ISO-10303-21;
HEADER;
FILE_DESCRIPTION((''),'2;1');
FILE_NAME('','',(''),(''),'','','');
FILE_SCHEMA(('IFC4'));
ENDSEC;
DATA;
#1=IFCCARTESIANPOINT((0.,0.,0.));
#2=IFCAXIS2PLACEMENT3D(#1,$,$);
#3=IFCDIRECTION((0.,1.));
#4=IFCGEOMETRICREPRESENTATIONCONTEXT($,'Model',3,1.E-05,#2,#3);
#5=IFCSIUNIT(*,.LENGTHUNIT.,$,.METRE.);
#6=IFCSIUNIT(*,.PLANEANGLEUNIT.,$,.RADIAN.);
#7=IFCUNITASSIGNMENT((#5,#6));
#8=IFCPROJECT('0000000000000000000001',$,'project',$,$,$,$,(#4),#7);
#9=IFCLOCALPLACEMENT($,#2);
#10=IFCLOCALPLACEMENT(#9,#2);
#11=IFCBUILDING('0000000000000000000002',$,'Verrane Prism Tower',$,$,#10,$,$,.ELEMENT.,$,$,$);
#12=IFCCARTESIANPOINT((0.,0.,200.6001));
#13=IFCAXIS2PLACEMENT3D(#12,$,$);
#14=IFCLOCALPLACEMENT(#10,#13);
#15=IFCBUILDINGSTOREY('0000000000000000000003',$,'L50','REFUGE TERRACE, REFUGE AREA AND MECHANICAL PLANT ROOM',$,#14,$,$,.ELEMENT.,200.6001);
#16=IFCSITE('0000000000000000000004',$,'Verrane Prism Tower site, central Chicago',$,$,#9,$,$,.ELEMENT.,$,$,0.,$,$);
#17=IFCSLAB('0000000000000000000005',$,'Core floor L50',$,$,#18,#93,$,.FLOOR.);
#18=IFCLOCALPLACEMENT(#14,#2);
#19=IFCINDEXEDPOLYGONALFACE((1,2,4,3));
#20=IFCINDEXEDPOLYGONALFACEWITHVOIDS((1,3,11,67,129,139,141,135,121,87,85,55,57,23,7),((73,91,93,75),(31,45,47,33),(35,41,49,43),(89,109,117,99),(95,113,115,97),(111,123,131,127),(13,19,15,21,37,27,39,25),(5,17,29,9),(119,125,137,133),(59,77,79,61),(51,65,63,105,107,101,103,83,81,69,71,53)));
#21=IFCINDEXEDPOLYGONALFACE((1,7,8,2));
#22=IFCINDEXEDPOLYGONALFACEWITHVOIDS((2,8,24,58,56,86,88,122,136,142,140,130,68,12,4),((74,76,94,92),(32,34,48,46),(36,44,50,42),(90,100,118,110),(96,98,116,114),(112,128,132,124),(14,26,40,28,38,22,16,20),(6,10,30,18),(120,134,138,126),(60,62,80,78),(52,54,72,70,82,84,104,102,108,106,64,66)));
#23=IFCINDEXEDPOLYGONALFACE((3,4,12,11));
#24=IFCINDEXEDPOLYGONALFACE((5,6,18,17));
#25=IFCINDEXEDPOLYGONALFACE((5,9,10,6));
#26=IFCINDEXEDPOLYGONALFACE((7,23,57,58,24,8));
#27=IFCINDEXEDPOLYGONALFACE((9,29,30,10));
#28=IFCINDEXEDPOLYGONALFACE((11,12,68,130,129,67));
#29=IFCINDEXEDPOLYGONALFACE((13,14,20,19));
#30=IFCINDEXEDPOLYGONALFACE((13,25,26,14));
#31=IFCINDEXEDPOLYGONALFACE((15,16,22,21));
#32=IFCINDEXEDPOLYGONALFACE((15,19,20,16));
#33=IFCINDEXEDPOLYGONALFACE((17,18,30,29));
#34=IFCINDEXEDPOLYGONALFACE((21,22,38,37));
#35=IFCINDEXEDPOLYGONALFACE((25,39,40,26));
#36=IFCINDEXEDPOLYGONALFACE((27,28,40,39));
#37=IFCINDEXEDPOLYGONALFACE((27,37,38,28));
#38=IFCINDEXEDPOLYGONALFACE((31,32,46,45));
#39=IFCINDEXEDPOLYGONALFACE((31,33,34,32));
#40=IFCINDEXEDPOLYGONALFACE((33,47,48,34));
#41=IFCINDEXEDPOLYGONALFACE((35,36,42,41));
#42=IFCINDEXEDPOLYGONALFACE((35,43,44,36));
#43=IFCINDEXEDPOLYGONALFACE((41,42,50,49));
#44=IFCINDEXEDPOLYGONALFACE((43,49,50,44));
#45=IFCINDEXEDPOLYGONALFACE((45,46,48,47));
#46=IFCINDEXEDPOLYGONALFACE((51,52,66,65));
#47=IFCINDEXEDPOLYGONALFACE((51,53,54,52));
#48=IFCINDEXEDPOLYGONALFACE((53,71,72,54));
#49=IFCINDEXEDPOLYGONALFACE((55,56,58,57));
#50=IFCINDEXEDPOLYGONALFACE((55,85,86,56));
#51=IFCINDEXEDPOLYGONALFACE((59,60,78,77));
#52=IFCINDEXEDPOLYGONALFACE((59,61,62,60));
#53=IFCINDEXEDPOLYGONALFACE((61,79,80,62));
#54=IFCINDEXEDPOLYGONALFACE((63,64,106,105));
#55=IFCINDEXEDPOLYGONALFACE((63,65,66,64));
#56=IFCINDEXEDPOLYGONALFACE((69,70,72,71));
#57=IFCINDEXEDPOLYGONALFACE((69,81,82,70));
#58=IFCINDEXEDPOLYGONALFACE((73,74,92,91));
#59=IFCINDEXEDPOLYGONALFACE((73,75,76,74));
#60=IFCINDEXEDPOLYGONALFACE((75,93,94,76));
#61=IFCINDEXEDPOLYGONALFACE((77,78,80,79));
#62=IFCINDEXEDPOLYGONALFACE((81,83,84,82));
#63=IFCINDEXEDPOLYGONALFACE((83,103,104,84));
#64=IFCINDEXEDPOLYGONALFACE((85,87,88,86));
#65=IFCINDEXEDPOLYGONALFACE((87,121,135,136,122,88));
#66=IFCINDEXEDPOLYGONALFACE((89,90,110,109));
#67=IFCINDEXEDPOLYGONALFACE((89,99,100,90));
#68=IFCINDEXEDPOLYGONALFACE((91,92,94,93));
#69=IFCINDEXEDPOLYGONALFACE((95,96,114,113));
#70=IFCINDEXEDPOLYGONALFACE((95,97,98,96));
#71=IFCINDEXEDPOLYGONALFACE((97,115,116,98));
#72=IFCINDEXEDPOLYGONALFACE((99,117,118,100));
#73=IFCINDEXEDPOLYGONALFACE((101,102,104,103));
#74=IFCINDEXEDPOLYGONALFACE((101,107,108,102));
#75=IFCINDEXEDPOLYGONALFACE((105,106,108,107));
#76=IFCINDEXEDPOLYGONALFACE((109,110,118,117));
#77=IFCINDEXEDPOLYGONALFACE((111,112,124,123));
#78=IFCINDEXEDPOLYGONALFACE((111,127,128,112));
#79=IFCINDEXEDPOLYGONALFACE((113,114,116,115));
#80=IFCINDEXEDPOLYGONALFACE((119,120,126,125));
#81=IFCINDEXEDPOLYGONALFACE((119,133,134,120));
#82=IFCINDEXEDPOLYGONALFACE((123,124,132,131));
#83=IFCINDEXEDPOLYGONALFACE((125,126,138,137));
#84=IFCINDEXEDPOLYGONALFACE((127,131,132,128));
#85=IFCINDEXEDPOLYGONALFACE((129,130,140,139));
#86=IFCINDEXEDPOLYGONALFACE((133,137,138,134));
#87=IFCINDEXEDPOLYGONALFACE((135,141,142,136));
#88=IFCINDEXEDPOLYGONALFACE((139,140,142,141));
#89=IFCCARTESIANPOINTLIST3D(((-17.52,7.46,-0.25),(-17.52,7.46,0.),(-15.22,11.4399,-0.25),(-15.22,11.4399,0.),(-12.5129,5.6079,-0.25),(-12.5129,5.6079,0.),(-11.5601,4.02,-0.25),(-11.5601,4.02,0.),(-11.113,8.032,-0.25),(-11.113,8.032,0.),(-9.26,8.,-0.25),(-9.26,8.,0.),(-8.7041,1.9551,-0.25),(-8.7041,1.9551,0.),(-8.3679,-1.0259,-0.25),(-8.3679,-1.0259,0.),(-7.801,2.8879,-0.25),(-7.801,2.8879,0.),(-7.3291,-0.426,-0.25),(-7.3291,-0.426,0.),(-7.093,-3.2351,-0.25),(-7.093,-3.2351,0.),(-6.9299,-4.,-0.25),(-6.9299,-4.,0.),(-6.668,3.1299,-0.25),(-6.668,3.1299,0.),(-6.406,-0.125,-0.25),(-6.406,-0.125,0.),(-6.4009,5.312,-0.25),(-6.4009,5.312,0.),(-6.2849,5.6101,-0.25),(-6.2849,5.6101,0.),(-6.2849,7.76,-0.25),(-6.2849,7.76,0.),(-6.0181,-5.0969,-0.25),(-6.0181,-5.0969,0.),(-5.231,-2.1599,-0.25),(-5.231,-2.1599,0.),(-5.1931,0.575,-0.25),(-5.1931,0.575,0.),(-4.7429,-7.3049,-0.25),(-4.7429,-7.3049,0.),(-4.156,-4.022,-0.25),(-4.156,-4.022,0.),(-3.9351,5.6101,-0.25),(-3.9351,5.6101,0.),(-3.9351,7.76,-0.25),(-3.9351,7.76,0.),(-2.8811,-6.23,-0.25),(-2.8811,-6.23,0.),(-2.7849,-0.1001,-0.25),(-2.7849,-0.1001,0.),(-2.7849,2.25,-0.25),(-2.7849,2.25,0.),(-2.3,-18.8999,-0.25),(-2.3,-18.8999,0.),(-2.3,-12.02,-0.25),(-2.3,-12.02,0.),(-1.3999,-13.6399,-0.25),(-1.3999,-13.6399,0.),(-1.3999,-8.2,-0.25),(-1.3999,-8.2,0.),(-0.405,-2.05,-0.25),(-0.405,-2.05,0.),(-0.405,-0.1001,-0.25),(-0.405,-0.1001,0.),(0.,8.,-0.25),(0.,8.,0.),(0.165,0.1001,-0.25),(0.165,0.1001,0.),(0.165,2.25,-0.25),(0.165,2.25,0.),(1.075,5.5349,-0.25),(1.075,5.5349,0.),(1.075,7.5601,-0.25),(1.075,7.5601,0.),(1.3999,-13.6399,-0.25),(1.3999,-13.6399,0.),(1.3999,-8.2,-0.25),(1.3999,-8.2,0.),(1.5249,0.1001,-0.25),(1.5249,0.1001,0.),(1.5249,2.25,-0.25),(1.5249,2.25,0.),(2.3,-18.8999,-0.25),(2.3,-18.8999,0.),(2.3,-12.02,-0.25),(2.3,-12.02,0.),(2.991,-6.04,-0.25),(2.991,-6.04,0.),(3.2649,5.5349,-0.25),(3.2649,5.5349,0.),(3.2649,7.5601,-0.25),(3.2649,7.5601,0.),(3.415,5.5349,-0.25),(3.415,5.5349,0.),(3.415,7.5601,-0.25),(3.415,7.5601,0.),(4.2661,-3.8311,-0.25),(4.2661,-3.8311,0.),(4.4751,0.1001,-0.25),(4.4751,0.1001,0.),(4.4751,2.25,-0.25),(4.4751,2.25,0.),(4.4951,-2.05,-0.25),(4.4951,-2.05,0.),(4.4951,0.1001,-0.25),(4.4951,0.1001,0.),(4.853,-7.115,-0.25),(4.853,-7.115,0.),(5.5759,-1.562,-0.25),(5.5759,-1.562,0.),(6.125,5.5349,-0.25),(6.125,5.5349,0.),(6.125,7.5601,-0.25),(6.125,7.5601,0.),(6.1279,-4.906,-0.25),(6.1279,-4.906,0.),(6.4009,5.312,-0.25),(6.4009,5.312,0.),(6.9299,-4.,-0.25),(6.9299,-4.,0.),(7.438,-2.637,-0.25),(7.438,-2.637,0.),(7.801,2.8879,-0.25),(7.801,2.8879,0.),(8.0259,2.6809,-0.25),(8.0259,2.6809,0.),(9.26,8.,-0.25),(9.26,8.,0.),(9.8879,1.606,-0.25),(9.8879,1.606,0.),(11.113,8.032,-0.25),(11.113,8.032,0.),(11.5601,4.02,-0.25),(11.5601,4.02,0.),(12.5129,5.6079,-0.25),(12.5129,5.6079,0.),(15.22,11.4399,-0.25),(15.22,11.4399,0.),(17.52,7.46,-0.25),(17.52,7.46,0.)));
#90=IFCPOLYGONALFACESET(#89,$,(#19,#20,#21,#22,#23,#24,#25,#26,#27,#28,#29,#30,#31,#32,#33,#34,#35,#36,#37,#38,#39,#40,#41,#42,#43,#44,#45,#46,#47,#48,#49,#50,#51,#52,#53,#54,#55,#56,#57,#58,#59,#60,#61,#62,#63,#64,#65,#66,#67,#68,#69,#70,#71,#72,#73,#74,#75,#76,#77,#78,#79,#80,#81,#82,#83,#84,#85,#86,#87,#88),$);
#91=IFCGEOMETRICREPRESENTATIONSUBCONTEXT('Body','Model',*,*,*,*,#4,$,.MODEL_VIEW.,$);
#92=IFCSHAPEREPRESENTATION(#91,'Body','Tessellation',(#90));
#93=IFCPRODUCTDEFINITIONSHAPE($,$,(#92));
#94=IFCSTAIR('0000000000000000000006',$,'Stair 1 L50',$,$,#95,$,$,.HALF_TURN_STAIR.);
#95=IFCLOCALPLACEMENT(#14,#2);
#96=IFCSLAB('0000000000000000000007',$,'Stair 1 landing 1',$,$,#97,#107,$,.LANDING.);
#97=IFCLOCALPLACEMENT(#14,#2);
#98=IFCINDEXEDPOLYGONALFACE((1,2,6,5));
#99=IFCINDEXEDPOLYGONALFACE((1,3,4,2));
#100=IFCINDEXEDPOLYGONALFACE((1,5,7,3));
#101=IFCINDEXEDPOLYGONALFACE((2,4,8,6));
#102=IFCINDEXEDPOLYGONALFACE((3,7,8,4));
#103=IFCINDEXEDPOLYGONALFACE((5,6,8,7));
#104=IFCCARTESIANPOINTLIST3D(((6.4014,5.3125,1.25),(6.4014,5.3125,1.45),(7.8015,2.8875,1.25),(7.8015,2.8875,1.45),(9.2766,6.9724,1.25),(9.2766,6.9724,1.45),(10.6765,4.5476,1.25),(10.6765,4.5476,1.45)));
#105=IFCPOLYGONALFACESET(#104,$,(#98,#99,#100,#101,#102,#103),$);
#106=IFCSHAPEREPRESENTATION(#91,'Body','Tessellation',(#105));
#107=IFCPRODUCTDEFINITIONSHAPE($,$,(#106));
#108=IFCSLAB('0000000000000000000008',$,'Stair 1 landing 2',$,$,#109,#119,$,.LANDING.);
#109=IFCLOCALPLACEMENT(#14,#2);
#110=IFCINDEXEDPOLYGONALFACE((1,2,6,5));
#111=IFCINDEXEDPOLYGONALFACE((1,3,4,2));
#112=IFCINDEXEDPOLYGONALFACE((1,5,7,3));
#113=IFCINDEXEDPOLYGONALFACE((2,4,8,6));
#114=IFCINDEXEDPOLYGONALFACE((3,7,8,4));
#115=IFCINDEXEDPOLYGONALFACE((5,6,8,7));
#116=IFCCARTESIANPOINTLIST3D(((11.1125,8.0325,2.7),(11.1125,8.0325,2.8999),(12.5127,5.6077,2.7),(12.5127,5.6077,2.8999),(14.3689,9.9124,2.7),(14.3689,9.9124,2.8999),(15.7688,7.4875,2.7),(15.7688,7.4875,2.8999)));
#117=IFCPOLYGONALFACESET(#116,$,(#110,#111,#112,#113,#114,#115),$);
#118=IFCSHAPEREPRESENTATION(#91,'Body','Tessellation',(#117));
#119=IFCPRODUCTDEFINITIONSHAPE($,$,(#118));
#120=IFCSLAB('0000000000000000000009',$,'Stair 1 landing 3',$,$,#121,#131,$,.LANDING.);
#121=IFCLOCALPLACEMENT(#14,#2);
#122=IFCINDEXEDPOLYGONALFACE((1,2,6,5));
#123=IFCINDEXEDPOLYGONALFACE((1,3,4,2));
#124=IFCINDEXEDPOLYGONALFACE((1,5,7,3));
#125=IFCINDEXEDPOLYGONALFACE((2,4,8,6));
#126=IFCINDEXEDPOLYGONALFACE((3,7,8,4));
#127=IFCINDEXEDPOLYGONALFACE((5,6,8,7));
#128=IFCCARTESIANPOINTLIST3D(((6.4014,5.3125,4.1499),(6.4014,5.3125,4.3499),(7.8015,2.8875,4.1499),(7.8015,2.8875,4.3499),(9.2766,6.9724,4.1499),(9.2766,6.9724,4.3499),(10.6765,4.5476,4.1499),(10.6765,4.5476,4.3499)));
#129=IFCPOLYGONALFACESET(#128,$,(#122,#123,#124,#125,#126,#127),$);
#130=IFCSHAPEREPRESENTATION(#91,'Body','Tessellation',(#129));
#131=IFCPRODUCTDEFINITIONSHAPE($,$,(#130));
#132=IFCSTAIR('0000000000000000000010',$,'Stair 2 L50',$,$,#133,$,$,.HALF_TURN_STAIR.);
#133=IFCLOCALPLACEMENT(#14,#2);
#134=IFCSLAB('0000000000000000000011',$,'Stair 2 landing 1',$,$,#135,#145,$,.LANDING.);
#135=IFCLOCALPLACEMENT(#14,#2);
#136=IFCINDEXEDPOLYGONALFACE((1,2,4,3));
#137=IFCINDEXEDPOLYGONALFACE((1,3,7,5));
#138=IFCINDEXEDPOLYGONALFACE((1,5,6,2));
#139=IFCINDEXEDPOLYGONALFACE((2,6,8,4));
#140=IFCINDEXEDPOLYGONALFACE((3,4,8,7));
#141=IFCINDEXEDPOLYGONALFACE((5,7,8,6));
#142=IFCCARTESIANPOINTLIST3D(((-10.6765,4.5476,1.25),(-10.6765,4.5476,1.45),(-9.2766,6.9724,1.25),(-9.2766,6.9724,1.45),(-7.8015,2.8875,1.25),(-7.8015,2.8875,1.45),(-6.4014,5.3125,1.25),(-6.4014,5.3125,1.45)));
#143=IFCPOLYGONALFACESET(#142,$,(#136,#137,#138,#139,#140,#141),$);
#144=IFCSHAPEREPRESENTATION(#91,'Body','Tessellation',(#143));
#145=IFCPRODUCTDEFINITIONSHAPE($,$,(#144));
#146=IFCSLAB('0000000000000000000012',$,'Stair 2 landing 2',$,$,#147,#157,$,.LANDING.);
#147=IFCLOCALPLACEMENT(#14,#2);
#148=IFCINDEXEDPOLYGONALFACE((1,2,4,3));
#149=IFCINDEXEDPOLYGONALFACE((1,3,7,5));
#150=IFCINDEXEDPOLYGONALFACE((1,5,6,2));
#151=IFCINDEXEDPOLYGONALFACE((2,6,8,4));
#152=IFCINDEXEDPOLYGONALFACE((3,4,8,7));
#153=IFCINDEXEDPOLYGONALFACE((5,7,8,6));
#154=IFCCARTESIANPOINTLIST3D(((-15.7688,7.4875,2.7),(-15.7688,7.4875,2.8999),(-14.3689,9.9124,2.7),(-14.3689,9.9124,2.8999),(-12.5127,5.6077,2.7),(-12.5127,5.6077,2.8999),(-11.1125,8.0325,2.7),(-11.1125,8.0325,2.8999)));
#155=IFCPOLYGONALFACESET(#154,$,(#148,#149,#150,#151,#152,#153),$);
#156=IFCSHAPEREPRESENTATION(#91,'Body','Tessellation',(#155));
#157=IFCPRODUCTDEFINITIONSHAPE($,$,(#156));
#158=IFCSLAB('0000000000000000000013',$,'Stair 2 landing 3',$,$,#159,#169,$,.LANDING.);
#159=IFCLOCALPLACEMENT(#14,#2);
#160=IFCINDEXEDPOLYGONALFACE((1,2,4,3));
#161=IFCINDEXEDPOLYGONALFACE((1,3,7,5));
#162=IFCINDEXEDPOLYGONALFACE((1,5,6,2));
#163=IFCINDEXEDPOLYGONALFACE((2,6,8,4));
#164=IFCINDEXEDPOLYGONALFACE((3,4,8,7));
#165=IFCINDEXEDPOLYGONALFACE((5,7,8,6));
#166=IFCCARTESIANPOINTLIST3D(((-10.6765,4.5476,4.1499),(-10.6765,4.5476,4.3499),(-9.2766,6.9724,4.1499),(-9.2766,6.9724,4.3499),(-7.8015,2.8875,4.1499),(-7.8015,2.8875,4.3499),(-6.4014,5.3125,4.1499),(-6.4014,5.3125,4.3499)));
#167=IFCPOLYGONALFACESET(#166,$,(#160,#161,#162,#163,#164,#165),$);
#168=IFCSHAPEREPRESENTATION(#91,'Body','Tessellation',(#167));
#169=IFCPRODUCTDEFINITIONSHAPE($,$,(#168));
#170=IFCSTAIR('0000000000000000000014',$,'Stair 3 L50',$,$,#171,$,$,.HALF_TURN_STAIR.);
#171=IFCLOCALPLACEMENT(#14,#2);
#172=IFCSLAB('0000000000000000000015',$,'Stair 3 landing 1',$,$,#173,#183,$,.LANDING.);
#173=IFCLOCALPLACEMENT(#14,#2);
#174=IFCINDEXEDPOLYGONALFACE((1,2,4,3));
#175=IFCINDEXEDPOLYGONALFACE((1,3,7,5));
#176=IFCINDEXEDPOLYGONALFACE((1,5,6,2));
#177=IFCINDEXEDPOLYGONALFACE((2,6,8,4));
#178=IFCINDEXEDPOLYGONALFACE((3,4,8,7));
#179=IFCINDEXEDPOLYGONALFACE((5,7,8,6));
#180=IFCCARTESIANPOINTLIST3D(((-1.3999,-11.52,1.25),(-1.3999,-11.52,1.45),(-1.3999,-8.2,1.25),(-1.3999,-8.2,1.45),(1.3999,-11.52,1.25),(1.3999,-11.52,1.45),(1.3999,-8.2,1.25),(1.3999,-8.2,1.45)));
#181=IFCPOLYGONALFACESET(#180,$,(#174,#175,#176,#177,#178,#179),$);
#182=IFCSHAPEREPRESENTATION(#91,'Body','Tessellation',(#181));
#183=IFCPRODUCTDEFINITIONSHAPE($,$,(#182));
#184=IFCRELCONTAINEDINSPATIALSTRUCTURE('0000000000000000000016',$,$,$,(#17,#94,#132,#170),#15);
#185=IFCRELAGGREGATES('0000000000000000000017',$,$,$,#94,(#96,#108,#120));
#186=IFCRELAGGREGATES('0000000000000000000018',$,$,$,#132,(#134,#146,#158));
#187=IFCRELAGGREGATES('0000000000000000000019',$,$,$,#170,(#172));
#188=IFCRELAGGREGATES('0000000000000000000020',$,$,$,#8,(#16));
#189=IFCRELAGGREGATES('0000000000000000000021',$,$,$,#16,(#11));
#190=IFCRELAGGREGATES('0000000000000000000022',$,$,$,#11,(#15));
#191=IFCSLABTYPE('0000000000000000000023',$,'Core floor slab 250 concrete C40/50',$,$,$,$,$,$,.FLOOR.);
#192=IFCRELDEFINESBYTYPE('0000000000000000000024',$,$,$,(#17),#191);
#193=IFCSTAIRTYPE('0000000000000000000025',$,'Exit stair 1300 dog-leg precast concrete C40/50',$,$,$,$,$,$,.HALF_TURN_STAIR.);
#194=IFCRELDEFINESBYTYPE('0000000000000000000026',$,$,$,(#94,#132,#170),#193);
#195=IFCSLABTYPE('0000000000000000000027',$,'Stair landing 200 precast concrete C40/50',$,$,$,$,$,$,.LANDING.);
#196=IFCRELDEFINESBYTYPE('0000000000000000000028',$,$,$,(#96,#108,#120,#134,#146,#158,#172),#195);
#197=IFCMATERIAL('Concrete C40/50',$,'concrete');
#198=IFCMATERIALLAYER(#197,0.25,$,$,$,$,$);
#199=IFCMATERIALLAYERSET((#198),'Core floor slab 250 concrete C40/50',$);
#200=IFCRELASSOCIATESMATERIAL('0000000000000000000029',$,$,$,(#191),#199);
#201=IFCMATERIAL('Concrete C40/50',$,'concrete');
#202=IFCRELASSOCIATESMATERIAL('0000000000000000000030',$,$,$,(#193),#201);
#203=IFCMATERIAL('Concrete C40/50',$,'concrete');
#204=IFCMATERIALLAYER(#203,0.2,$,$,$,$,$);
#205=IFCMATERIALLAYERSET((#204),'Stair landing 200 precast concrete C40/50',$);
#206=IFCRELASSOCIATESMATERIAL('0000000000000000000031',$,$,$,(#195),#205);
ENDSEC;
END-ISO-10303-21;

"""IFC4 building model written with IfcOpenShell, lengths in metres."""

from ifc_helpers import new_model, si_unit, direction, frame, origin, place, context, subcontext, project, spatial, polyline, outline, extrude, material, layer, layer_set, type_object, element, aggregate, save


model = new_model("IFC4")

# Units and contexts
model_context = context("Model", 3, precision=1e-05, world=origin(), true_north=direction((0.0, 1.0)))
body_context = subcontext(model_context, "Body", "Model", "MODEL_VIEW")
ifc_project = project(units=[si_unit("LENGTHUNIT", "METRE"), si_unit("PLANEANGLEUNIT", "RADIAN")], contexts=[model_context])

# Site, building, storey
site_placement = place(None, origin())
site = spatial("IfcSite", under=ifc_project, at=site_placement, Name="Verrane Prism Tower site, central Chicago", CompositionType="ELEMENT", RefElevation=0.0)
building_placement = place(site_placement, origin())
building = spatial("IfcBuilding", under=site, at=building_placement, Name="Verrane Prism Tower", CompositionType="ELEMENT")
storey_placement = place(building_placement, frame((0.0, 0.0, 200.6001)))
storey = spatial("IfcBuildingStorey", under=building, at=storey_placement, Name="L50", Description="REFUGE TERRACE, REFUGE AREA AND MECHANICAL PLANT ROOM", CompositionType="ELEMENT", Elevation=200.6001)

# Slab
ifc_material_1 = material(Name="Concrete C40/50", Category="concrete")
ifc_layer_1 = layer(ifc_material_1, 0.25)
ifc_layer_set_1 = layer_set([ifc_layer_1], Name="Core floor slab 250 concrete C40/50")
slab_type_1 = type_object("IfcSlabType", Name="Core floor slab 250 concrete C40/50", PredefinedType="FLOOR", material=ifc_layer_set_1)
slab_1_placement = place(storey_placement, frame((0.0, 0.0, -0.25)))
element("IfcSlab", 1, at=slab_1_placement, inside=storey, type_object=slab_type_1, Name="Core floor L50", PredefinedType="FLOOR", context=body_context, shape_type="SweptSolid", body=[
    extrude(outline(polyline([(11.5601, 4.02), (17.52, 7.46), (15.22, 11.4399), (9.26, 8.0), (0.0, 8.0), (-9.26, 8.0), (-15.22, 11.4399), (-17.52, 7.46), (-11.5601, 4.02), (-6.9299, -4.0), (-2.3, -12.02), (-2.3, -18.8999), (2.3, -18.8999), (2.3, -12.02), (6.9299, -4.0), (11.5601, 4.02)]), holes=[polyline([(1.3999, -8.2), (1.3999, -13.6399), (-1.3999, -13.6399), (-1.3999, -8.2), (1.3999, -8.2)]), polyline([(-2.8811, -6.23), (-4.7429, -7.3049), (-6.0181, -5.0969), (-4.156, -4.022), (-2.8811, -6.23)]), polyline([(-7.801, 2.8879), (-12.5129, 5.6079), (-11.113, 8.032), (-6.4009, 5.312), (-7.801, 2.8879)]), polyline([(-6.2849, 5.6101), (-6.2849, 7.76), (-3.9351, 7.76), (-3.9351, 5.6101), (-6.2849, 5.6101)]), polyline([(4.2661, -3.8311), (6.1279, -4.906), (4.853, -7.115), (2.991, -6.04), (4.2661, -3.8311)]), polyline([(7.438, -2.637), (5.5759, -1.562), (8.0259, 2.6809), (9.8879, 1.606), (7.438, -2.637)]), polyline([(0.165, 0.1001), (1.5249, 0.1001), (1.5249, 2.25), (4.4751, 2.25), (4.4751, 0.1001), (4.4951, 0.1001), (4.4951, -2.05), (-0.405, -2.05), (-0.405, -0.1001), (-2.7849, -0.1001), (-2.7849, 2.25), (0.165, 2.25), (0.165, 0.1001)]), polyline([(6.4009, 5.312), (11.113, 8.032), (12.5129, 5.6079), (7.801, 2.8879), (6.4009, 5.312)]), polyline([(1.075, 5.5349), (1.075, 7.5601), (3.2649, 7.5601), (3.2649, 5.5349), (1.075, 5.5349)]), polyline([(3.415, 7.5601), (6.125, 7.5601), (6.125, 5.5349), (3.415, 5.5349), (3.415, 7.5601)]), polyline([(-5.231, -2.1599), (-7.093, -3.2351), (-8.3679, -1.0259), (-7.3291, -0.426), (-8.7041, 1.9551), (-6.668, 3.1299), (-5.1931, 0.575), (-6.406, -0.125), (-5.231, -2.1599)])]), origin(), (0.0, 0.0, 1.0), 0.25),
])

# Stairs, slabs
ifc_material_2 = material(Name="Concrete C40/50", Category="concrete")
stair_type = type_object("IfcStairType", Name="Exit stair 1300 dog-leg precast concrete C40/50", PredefinedType="HALF_TURN_STAIR", material=ifc_material_2)
stair_1_placement = place(storey_placement, origin())
stair_1 = element("IfcStair", 2, at=stair_1_placement, inside=storey, type_object=stair_type, Name="Stair 1 L50", PredefinedType="HALF_TURN_STAIR")
ifc_material_3 = material(Name="Concrete C40/50", Category="concrete")
ifc_layer_2 = layer(ifc_material_3, 0.2)
ifc_layer_set_2 = layer_set([ifc_layer_2], Name="Stair landing 200 precast concrete C40/50")
slab_type_2 = type_object("IfcSlabType", Name="Stair landing 200 precast concrete C40/50", PredefinedType="LANDING", material=ifc_layer_set_2)
slab_2_placement = place(storey_placement, frame((0.0, 0.0, 1.25)))
slab_2 = element("IfcSlab", 3, at=slab_2_placement, type_object=slab_type_2, Name="Stair 1 landing 1", PredefinedType="LANDING", context=body_context, shape_type="SweptSolid", body=[
    extrude(outline(polyline([(9.2766, 6.9724), (6.4014, 5.3125), (7.8015, 2.8875), (10.6765, 4.5476), (9.2766, 6.9724)])), origin(), (0.0, 0.0, 1.0), 0.2),
])
slab_3_placement = place(storey_placement, frame((0.0, 0.0, 2.7)))
slab_3 = element("IfcSlab", 4, at=slab_3_placement, type_object=slab_type_2, Name="Stair 1 landing 2", PredefinedType="LANDING", context=body_context, shape_type="SweptSolid", body=[
    extrude(outline(polyline([(14.3689, 9.9124), (11.1125, 8.0325), (12.5127, 5.6077), (15.7688, 7.4875), (14.3689, 9.9124)])), origin(), (0.0, 0.0, 1.0), 0.2),
])
slab_4_placement = place(storey_placement, frame((0.0, 0.0, 4.1499)))
slab_4 = element("IfcSlab", 5, at=slab_4_placement, type_object=slab_type_2, Name="Stair 1 landing 3", PredefinedType="LANDING", context=body_context, shape_type="SweptSolid", body=[
    extrude(outline(polyline([(9.2766, 6.9724), (6.4014, 5.3125), (7.8015, 2.8875), (10.6765, 4.5476), (9.2766, 6.9724)])), origin(), (0.0, 0.0, 1.0), 0.2),
])
aggregate(stair_1, [slab_2, slab_3, slab_4])
stair_2_placement = place(storey_placement, origin())
stair_2 = element("IfcStair", 6, at=stair_2_placement, inside=storey, type_object=stair_type, Name="Stair 2 L50", PredefinedType="HALF_TURN_STAIR")
slab_5_placement = place(storey_placement, frame((0.0, 0.0, 1.25)))
slab_5 = element("IfcSlab", 7, at=slab_5_placement, type_object=slab_type_2, Name="Stair 2 landing 1", PredefinedType="LANDING", context=body_context, shape_type="SweptSolid", body=[
    extrude(outline(polyline([(-10.6765, 4.5476), (-7.8015, 2.8875), (-6.4014, 5.3125), (-9.2766, 6.9724), (-10.6765, 4.5476)])), origin(), (0.0, 0.0, 1.0), 0.2),
])
slab_6_placement = place(storey_placement, frame((0.0, 0.0, 2.7)))
slab_6 = element("IfcSlab", 8, at=slab_6_placement, type_object=slab_type_2, Name="Stair 2 landing 2", PredefinedType="LANDING", context=body_context, shape_type="SweptSolid", body=[
    extrude(outline(polyline([(-15.7688, 7.4875), (-12.5127, 5.6077), (-11.1125, 8.0325), (-14.3689, 9.9124), (-15.7688, 7.4875)])), origin(), (0.0, 0.0, 1.0), 0.2),
])
slab_7_placement = place(storey_placement, frame((0.0, 0.0, 4.1499)))
slab_7 = element("IfcSlab", 9, at=slab_7_placement, type_object=slab_type_2, Name="Stair 2 landing 3", PredefinedType="LANDING", context=body_context, shape_type="SweptSolid", body=[
    extrude(outline(polyline([(-10.6765, 4.5476), (-7.8015, 2.8875), (-6.4014, 5.3125), (-9.2766, 6.9724), (-10.6765, 4.5476)])), origin(), (0.0, 0.0, 1.0), 0.2),
])
aggregate(stair_2, [slab_5, slab_6, slab_7])
stair_3_placement = place(storey_placement, origin())
stair_3 = element("IfcStair", 10, at=stair_3_placement, inside=storey, type_object=stair_type, Name="Stair 3 L50", PredefinedType="HALF_TURN_STAIR")
slab_8_placement = place(storey_placement, frame((0.0, 0.0, 1.25)))
slab_8 = element("IfcSlab", 11, at=slab_8_placement, type_object=slab_type_2, Name="Stair 3 landing 1", PredefinedType="LANDING", context=body_context, shape_type="SweptSolid", body=[
    extrude(outline(polyline([(1.3999, -11.52), (1.3999, -8.2), (-1.3999, -8.2), (-1.3999, -11.52), (1.3999, -11.52)])), origin(), (0.0, 0.0, 1.0), 0.2),
])
aggregate(stair_3, [slab_8])

save(model, "model.ifc")
